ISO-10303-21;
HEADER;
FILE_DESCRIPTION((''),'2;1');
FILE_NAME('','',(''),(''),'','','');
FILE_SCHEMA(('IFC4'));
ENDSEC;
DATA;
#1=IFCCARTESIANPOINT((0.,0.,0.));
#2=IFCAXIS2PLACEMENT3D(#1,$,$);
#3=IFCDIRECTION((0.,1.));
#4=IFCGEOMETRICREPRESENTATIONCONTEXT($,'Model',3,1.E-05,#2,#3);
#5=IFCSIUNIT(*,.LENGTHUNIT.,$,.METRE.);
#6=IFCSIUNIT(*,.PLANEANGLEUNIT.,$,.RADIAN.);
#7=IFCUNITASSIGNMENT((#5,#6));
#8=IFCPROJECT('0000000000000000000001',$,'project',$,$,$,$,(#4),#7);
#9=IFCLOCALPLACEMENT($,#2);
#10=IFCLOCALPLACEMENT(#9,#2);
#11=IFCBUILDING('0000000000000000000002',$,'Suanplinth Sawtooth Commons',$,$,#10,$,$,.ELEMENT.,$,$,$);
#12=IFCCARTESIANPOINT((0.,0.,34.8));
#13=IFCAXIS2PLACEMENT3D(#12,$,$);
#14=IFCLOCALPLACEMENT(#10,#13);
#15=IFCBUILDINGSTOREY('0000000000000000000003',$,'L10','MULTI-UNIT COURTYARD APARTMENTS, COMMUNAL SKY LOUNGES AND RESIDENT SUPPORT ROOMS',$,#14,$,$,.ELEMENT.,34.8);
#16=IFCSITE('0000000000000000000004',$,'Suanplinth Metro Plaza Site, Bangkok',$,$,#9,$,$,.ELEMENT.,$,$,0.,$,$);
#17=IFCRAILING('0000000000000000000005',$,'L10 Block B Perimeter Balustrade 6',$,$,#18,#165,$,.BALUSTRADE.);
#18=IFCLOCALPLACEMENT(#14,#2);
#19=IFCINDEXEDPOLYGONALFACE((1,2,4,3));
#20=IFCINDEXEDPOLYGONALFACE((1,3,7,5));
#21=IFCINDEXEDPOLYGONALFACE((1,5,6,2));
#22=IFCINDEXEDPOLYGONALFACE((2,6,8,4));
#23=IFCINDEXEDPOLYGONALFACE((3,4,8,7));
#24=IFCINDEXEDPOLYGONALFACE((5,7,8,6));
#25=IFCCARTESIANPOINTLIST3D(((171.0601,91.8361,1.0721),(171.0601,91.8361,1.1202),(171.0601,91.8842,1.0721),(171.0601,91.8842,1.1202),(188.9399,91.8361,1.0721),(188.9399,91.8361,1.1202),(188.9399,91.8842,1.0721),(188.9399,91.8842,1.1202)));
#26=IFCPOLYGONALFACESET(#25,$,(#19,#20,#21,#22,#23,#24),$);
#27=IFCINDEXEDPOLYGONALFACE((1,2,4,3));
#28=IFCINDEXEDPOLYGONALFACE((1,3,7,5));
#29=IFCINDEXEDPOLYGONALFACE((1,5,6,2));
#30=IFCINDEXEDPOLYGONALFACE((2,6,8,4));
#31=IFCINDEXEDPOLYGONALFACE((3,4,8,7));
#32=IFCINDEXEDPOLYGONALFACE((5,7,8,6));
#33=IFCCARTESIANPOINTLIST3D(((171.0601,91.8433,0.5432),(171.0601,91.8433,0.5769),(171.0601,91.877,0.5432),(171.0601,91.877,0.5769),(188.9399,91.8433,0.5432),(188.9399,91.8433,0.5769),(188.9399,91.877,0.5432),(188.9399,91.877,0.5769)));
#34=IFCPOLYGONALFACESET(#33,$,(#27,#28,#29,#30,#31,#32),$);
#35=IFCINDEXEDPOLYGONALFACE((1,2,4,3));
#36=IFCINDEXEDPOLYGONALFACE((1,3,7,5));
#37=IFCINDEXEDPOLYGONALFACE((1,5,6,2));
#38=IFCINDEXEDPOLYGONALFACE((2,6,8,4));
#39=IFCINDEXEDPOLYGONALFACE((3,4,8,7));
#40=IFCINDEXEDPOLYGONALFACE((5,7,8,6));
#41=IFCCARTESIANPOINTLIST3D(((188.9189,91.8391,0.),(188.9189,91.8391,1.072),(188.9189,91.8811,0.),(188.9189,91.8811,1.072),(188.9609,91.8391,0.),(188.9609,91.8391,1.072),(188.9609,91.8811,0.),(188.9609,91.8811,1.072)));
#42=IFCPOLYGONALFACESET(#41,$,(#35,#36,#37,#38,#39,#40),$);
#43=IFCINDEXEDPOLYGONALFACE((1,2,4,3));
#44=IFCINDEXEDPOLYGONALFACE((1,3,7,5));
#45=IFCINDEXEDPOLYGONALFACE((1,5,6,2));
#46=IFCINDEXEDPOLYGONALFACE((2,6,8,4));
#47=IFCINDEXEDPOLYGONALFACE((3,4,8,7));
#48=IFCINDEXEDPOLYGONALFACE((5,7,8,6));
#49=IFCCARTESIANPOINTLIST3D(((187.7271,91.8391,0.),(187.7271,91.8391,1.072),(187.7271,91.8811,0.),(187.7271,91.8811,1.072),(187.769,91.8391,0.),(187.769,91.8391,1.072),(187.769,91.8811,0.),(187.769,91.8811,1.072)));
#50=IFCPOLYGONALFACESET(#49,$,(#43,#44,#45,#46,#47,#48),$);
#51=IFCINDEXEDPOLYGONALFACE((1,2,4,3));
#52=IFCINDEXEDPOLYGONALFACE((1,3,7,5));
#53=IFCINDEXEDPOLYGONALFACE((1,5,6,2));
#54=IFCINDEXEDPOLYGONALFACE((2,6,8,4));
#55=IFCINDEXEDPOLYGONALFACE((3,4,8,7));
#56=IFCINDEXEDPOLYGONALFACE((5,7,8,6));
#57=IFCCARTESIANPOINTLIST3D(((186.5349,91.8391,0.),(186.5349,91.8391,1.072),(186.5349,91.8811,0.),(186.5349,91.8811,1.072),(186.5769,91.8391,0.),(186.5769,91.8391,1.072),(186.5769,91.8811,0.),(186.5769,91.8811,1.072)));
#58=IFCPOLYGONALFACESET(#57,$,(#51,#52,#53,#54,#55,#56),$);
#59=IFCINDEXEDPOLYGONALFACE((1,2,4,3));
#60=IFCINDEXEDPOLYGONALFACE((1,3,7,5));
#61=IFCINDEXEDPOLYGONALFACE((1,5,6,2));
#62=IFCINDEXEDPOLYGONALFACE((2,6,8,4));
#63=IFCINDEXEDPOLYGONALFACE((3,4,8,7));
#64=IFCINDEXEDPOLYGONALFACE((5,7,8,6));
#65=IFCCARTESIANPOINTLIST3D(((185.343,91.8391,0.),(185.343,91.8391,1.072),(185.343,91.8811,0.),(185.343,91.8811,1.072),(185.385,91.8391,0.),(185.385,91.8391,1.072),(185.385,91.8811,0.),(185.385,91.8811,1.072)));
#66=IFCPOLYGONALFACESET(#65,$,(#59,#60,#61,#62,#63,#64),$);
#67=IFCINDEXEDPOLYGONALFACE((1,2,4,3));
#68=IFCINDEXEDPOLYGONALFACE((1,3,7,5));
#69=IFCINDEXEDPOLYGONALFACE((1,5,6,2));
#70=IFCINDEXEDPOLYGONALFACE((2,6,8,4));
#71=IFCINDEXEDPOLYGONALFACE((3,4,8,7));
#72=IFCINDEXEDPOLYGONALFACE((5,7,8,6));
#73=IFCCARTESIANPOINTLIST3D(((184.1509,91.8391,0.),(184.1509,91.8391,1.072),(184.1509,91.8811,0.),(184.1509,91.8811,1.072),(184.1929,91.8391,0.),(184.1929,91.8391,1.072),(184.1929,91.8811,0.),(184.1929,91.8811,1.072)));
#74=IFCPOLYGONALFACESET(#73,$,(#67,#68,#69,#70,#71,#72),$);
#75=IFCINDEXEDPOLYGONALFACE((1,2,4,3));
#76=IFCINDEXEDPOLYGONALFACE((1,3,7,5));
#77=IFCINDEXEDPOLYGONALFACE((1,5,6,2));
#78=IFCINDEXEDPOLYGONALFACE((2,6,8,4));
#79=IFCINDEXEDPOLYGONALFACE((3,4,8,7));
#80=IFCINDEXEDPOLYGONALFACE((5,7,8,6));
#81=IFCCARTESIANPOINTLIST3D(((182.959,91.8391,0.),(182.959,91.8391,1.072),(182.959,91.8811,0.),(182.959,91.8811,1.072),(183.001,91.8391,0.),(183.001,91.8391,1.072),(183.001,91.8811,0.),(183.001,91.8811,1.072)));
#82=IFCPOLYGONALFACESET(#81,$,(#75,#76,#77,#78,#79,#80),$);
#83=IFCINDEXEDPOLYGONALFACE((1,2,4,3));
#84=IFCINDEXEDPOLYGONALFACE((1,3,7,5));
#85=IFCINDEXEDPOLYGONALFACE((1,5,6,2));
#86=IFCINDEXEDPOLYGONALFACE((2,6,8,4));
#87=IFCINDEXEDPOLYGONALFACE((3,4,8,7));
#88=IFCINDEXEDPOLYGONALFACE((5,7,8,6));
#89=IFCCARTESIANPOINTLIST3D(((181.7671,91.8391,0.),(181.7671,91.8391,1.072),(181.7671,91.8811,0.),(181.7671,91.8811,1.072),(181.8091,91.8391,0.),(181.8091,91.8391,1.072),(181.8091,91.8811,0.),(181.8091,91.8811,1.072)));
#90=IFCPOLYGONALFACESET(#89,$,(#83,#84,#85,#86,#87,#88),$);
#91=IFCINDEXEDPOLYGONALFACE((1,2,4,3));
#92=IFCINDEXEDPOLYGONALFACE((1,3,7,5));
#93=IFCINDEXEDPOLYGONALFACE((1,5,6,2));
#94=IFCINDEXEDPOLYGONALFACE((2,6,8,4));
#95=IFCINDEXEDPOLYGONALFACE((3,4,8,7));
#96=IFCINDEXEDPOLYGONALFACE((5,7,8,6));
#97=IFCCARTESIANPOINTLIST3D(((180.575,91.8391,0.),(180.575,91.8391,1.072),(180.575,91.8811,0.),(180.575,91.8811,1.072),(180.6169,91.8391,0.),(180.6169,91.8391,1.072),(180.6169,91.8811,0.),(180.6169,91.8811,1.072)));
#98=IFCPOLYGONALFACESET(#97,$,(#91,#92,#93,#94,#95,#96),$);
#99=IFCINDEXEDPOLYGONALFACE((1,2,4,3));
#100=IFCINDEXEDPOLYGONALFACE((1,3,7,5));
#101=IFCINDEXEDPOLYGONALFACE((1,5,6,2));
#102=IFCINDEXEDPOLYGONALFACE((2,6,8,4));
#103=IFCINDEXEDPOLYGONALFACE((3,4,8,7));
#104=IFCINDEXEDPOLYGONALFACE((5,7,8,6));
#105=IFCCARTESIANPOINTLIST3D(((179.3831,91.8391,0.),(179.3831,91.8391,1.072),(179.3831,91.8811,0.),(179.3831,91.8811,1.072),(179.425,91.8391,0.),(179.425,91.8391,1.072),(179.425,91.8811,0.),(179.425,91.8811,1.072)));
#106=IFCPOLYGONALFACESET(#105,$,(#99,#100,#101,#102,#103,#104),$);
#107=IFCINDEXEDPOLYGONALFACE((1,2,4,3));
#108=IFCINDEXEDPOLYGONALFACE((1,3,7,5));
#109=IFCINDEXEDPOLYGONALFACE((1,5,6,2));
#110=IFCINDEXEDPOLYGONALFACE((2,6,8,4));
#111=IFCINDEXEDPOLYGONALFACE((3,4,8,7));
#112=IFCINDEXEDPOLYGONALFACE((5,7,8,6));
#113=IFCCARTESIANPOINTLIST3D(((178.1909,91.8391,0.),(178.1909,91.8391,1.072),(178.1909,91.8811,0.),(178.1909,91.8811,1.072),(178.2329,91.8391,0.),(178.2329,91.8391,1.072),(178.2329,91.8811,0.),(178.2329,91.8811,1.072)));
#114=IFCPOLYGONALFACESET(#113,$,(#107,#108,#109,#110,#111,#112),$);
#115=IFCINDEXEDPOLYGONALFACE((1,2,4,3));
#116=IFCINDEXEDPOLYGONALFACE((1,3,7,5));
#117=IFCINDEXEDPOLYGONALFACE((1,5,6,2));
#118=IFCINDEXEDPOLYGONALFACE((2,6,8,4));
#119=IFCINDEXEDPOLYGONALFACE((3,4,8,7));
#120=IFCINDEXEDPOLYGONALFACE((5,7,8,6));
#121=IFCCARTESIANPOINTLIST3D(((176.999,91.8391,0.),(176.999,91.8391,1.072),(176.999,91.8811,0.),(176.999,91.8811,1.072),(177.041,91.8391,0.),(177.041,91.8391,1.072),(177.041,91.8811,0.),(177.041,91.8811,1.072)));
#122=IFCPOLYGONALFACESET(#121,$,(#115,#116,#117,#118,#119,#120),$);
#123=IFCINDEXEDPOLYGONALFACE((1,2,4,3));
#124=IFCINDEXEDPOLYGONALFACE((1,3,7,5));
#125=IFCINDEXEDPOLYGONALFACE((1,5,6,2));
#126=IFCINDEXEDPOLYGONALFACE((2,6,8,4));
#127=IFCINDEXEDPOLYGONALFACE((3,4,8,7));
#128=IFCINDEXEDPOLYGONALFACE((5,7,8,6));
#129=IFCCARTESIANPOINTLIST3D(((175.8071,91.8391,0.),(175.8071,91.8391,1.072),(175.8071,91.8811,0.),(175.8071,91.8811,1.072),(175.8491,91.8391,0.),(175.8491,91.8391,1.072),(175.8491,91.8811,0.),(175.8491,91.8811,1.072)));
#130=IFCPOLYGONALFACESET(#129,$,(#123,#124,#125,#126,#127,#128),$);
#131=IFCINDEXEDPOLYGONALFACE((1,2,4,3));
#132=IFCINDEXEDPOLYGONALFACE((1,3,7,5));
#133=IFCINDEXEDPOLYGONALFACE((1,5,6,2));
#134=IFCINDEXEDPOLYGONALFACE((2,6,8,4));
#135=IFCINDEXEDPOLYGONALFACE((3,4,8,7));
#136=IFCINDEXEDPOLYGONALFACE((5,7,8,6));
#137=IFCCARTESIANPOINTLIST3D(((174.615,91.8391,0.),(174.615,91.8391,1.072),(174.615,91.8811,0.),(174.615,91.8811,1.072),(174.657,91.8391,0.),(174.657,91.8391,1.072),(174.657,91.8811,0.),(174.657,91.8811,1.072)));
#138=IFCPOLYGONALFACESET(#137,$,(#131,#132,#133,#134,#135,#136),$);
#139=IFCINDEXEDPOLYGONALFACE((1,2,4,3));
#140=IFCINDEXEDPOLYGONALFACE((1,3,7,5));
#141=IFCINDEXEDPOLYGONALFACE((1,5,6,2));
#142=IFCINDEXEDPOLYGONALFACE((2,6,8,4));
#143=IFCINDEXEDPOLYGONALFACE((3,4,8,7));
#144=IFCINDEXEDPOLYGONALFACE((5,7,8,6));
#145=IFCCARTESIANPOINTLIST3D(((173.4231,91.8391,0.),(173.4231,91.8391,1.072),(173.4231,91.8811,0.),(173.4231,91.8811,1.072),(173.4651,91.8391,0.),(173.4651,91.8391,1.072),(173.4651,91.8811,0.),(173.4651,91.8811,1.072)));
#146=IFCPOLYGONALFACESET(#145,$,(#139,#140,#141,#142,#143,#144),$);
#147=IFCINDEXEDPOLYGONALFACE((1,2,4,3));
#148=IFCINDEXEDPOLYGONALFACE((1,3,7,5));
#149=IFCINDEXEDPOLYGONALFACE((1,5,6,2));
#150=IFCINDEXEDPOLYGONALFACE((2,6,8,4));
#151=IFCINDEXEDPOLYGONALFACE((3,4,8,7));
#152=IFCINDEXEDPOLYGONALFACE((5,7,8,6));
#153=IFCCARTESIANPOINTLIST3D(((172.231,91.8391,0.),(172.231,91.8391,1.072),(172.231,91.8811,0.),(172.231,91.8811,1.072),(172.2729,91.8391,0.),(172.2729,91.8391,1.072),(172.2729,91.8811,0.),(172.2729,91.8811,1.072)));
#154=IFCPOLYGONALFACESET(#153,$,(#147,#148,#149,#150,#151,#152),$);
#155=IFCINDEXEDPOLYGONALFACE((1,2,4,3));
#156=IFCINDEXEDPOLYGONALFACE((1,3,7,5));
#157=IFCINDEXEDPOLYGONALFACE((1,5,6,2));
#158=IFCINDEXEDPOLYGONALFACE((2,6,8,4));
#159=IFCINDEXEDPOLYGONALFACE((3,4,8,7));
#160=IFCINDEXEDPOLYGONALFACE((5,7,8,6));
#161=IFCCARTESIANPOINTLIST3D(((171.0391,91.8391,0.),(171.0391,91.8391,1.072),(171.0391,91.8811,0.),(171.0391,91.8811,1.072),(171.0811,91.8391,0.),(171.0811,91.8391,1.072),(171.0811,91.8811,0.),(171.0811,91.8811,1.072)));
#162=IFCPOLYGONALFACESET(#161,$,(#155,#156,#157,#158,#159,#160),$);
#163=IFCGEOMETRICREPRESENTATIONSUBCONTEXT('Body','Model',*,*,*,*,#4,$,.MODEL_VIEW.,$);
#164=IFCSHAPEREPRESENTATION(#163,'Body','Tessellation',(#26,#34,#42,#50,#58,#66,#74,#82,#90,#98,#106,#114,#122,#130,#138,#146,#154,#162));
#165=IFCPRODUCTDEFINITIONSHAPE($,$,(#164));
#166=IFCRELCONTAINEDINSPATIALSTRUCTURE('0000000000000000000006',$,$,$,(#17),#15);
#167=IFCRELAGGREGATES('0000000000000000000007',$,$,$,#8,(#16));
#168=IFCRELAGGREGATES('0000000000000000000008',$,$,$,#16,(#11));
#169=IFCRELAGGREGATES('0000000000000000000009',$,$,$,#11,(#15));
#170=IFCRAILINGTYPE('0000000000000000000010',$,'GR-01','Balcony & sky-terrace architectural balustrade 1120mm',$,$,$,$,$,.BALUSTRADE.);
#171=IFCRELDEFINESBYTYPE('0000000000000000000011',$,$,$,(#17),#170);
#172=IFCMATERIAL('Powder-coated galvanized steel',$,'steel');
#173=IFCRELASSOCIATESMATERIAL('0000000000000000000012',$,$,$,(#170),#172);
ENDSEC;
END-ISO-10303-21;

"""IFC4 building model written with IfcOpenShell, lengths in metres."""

from ifc_helpers import new_model, si_unit, direction, frame, origin, origin_2d, place, context, subcontext, project, spatial, rectangle, extrude, material, type_object, element, save


model = new_model("IFC4")

# Units and contexts
model_context = context("Model", 3, precision=1e-05, world=origin(), true_north=direction((0.0, 1.0)))
body_context = subcontext(model_context, "Body", "Model", "MODEL_VIEW")
ifc_project = project(units=[si_unit("LENGTHUNIT", "METRE"), si_unit("PLANEANGLEUNIT", "RADIAN")], contexts=[model_context])

# Site, building, storey
site_placement = place(None, origin())
site = spatial("IfcSite", under=ifc_project, at=site_placement, Name="Suanplinth Metro Plaza Site, Bangkok", CompositionType="ELEMENT", RefElevation=0.0)
building_placement = place(site_placement, origin())
building = spatial("IfcBuilding", under=site, at=building_placement, Name="Suanplinth Sawtooth Commons", CompositionType="ELEMENT")
storey_placement = place(building_placement, frame((0.0, 0.0, 34.8)))
storey = spatial("IfcBuildingStorey", under=building, at=storey_placement, Name="L10", Description="MULTI-UNIT COURTYARD APARTMENTS, COMMUNAL SKY LOUNGES AND RESIDENT SUPPORT ROOMS", CompositionType="ELEMENT", Elevation=34.8)

# Railing
ifc_material_1 = material(Name="Powder-coated galvanized steel", Category="steel")
railing_type = type_object("IfcRailingType", Name="GR-01", Description="Balcony & sky-terrace architectural balustrade 1120mm", PredefinedType="BALUSTRADE", material=ifc_material_1)
railing_placement = place(storey_placement, frame((188.9399, 91.8601, 0.0)))
element("IfcRailing", 1, at=railing_placement, inside=storey, type_object=railing_type, Name="L10 Block B Perimeter Balustrade 6", PredefinedType="BALUSTRADE", context=body_context, shape_type="SweptSolid", body=[
    extrude(rectangle(XDim=0.0481, YDim=0.0481, at=origin_2d()), frame((0.0, 0.0, 1.0962), z_axis=(-1.0, 0.0, 0.0), x_axis=(0.0, -1.0, 0.0)), (0.0, 0.0, 1.0), 17.8799),
    extrude(rectangle(XDim=0.0337, YDim=0.0337, at=origin_2d()), frame((0.0, 0.0, 0.5601), z_axis=(-1.0, 0.0, 0.0), x_axis=(0.0, -1.0, 0.0)), (0.0, 0.0, 1.0), 17.8799),
    extrude(rectangle(XDim=0.042, YDim=0.042, at=origin_2d()), origin(), (0.0, 0.0, 1.0), 1.072),
    extrude(rectangle(XDim=0.042, YDim=0.042, at=origin_2d()), frame((-1.1919, 0.0, 0.0)), (0.0, 0.0, 1.0), 1.072),
    extrude(rectangle(XDim=0.042, YDim=0.042, at=origin_2d()), frame((-2.384, 0.0, 0.0)), (0.0, 0.0, 1.0), 1.072),
    extrude(rectangle(XDim=0.042, YDim=0.042, at=origin_2d()), frame((-3.5759, 0.0, 0.0)), (0.0, 0.0, 1.0), 1.072),
    extrude(rectangle(XDim=0.042, YDim=0.042, at=origin_2d()), frame((-4.7681, 0.0, 0.0)), (0.0, 0.0, 1.0), 1.072),
    extrude(rectangle(XDim=0.042, YDim=0.042, at=origin_2d()), frame((-5.96, 0.0, 0.0)), (0.0, 0.0, 1.0), 1.072),
    extrude(rectangle(XDim=0.042, YDim=0.042, at=origin_2d()), frame((-7.1519, 0.0, 0.0)), (0.0, 0.0, 1.0), 1.072),
    extrude(rectangle(XDim=0.042, YDim=0.042, at=origin_2d()), frame((-8.344, 0.0, 0.0)), (0.0, 0.0, 1.0), 1.072),
    extrude(rectangle(XDim=0.042, YDim=0.042, at=origin_2d()), frame((-9.5359, 0.0, 0.0)), (0.0, 0.0, 1.0), 1.072),
    extrude(rectangle(XDim=0.042, YDim=0.042, at=origin_2d()), frame((-10.728, 0.0, 0.0)), (0.0, 0.0, 1.0), 1.072),
    extrude(rectangle(XDim=0.042, YDim=0.042, at=origin_2d()), frame((-11.9199, 0.0, 0.0)), (0.0, 0.0, 1.0), 1.072),
    extrude(rectangle(XDim=0.042, YDim=0.042, at=origin_2d()), frame((-13.1118, 0.0, 0.0)), (0.0, 0.0, 1.0), 1.072),
    extrude(rectangle(XDim=0.042, YDim=0.042, at=origin_2d()), frame((-14.304, 0.0, 0.0)), (0.0, 0.0, 1.0), 1.072),
    extrude(rectangle(XDim=0.042, YDim=0.042, at=origin_2d()), frame((-15.4958, 0.0, 0.0)), (0.0, 0.0, 1.0), 1.072),
    extrude(rectangle(XDim=0.042, YDim=0.042, at=origin_2d()), frame((-16.688, 0.0, 0.0)), (0.0, 0.0, 1.0), 1.072),
    extrude(rectangle(XDim=0.042, YDim=0.042, at=origin_2d()), frame((-17.8799, 0.0, 0.0)), (0.0, 0.0, 1.0), 1.072),
])

save(model, "model.ifc")
